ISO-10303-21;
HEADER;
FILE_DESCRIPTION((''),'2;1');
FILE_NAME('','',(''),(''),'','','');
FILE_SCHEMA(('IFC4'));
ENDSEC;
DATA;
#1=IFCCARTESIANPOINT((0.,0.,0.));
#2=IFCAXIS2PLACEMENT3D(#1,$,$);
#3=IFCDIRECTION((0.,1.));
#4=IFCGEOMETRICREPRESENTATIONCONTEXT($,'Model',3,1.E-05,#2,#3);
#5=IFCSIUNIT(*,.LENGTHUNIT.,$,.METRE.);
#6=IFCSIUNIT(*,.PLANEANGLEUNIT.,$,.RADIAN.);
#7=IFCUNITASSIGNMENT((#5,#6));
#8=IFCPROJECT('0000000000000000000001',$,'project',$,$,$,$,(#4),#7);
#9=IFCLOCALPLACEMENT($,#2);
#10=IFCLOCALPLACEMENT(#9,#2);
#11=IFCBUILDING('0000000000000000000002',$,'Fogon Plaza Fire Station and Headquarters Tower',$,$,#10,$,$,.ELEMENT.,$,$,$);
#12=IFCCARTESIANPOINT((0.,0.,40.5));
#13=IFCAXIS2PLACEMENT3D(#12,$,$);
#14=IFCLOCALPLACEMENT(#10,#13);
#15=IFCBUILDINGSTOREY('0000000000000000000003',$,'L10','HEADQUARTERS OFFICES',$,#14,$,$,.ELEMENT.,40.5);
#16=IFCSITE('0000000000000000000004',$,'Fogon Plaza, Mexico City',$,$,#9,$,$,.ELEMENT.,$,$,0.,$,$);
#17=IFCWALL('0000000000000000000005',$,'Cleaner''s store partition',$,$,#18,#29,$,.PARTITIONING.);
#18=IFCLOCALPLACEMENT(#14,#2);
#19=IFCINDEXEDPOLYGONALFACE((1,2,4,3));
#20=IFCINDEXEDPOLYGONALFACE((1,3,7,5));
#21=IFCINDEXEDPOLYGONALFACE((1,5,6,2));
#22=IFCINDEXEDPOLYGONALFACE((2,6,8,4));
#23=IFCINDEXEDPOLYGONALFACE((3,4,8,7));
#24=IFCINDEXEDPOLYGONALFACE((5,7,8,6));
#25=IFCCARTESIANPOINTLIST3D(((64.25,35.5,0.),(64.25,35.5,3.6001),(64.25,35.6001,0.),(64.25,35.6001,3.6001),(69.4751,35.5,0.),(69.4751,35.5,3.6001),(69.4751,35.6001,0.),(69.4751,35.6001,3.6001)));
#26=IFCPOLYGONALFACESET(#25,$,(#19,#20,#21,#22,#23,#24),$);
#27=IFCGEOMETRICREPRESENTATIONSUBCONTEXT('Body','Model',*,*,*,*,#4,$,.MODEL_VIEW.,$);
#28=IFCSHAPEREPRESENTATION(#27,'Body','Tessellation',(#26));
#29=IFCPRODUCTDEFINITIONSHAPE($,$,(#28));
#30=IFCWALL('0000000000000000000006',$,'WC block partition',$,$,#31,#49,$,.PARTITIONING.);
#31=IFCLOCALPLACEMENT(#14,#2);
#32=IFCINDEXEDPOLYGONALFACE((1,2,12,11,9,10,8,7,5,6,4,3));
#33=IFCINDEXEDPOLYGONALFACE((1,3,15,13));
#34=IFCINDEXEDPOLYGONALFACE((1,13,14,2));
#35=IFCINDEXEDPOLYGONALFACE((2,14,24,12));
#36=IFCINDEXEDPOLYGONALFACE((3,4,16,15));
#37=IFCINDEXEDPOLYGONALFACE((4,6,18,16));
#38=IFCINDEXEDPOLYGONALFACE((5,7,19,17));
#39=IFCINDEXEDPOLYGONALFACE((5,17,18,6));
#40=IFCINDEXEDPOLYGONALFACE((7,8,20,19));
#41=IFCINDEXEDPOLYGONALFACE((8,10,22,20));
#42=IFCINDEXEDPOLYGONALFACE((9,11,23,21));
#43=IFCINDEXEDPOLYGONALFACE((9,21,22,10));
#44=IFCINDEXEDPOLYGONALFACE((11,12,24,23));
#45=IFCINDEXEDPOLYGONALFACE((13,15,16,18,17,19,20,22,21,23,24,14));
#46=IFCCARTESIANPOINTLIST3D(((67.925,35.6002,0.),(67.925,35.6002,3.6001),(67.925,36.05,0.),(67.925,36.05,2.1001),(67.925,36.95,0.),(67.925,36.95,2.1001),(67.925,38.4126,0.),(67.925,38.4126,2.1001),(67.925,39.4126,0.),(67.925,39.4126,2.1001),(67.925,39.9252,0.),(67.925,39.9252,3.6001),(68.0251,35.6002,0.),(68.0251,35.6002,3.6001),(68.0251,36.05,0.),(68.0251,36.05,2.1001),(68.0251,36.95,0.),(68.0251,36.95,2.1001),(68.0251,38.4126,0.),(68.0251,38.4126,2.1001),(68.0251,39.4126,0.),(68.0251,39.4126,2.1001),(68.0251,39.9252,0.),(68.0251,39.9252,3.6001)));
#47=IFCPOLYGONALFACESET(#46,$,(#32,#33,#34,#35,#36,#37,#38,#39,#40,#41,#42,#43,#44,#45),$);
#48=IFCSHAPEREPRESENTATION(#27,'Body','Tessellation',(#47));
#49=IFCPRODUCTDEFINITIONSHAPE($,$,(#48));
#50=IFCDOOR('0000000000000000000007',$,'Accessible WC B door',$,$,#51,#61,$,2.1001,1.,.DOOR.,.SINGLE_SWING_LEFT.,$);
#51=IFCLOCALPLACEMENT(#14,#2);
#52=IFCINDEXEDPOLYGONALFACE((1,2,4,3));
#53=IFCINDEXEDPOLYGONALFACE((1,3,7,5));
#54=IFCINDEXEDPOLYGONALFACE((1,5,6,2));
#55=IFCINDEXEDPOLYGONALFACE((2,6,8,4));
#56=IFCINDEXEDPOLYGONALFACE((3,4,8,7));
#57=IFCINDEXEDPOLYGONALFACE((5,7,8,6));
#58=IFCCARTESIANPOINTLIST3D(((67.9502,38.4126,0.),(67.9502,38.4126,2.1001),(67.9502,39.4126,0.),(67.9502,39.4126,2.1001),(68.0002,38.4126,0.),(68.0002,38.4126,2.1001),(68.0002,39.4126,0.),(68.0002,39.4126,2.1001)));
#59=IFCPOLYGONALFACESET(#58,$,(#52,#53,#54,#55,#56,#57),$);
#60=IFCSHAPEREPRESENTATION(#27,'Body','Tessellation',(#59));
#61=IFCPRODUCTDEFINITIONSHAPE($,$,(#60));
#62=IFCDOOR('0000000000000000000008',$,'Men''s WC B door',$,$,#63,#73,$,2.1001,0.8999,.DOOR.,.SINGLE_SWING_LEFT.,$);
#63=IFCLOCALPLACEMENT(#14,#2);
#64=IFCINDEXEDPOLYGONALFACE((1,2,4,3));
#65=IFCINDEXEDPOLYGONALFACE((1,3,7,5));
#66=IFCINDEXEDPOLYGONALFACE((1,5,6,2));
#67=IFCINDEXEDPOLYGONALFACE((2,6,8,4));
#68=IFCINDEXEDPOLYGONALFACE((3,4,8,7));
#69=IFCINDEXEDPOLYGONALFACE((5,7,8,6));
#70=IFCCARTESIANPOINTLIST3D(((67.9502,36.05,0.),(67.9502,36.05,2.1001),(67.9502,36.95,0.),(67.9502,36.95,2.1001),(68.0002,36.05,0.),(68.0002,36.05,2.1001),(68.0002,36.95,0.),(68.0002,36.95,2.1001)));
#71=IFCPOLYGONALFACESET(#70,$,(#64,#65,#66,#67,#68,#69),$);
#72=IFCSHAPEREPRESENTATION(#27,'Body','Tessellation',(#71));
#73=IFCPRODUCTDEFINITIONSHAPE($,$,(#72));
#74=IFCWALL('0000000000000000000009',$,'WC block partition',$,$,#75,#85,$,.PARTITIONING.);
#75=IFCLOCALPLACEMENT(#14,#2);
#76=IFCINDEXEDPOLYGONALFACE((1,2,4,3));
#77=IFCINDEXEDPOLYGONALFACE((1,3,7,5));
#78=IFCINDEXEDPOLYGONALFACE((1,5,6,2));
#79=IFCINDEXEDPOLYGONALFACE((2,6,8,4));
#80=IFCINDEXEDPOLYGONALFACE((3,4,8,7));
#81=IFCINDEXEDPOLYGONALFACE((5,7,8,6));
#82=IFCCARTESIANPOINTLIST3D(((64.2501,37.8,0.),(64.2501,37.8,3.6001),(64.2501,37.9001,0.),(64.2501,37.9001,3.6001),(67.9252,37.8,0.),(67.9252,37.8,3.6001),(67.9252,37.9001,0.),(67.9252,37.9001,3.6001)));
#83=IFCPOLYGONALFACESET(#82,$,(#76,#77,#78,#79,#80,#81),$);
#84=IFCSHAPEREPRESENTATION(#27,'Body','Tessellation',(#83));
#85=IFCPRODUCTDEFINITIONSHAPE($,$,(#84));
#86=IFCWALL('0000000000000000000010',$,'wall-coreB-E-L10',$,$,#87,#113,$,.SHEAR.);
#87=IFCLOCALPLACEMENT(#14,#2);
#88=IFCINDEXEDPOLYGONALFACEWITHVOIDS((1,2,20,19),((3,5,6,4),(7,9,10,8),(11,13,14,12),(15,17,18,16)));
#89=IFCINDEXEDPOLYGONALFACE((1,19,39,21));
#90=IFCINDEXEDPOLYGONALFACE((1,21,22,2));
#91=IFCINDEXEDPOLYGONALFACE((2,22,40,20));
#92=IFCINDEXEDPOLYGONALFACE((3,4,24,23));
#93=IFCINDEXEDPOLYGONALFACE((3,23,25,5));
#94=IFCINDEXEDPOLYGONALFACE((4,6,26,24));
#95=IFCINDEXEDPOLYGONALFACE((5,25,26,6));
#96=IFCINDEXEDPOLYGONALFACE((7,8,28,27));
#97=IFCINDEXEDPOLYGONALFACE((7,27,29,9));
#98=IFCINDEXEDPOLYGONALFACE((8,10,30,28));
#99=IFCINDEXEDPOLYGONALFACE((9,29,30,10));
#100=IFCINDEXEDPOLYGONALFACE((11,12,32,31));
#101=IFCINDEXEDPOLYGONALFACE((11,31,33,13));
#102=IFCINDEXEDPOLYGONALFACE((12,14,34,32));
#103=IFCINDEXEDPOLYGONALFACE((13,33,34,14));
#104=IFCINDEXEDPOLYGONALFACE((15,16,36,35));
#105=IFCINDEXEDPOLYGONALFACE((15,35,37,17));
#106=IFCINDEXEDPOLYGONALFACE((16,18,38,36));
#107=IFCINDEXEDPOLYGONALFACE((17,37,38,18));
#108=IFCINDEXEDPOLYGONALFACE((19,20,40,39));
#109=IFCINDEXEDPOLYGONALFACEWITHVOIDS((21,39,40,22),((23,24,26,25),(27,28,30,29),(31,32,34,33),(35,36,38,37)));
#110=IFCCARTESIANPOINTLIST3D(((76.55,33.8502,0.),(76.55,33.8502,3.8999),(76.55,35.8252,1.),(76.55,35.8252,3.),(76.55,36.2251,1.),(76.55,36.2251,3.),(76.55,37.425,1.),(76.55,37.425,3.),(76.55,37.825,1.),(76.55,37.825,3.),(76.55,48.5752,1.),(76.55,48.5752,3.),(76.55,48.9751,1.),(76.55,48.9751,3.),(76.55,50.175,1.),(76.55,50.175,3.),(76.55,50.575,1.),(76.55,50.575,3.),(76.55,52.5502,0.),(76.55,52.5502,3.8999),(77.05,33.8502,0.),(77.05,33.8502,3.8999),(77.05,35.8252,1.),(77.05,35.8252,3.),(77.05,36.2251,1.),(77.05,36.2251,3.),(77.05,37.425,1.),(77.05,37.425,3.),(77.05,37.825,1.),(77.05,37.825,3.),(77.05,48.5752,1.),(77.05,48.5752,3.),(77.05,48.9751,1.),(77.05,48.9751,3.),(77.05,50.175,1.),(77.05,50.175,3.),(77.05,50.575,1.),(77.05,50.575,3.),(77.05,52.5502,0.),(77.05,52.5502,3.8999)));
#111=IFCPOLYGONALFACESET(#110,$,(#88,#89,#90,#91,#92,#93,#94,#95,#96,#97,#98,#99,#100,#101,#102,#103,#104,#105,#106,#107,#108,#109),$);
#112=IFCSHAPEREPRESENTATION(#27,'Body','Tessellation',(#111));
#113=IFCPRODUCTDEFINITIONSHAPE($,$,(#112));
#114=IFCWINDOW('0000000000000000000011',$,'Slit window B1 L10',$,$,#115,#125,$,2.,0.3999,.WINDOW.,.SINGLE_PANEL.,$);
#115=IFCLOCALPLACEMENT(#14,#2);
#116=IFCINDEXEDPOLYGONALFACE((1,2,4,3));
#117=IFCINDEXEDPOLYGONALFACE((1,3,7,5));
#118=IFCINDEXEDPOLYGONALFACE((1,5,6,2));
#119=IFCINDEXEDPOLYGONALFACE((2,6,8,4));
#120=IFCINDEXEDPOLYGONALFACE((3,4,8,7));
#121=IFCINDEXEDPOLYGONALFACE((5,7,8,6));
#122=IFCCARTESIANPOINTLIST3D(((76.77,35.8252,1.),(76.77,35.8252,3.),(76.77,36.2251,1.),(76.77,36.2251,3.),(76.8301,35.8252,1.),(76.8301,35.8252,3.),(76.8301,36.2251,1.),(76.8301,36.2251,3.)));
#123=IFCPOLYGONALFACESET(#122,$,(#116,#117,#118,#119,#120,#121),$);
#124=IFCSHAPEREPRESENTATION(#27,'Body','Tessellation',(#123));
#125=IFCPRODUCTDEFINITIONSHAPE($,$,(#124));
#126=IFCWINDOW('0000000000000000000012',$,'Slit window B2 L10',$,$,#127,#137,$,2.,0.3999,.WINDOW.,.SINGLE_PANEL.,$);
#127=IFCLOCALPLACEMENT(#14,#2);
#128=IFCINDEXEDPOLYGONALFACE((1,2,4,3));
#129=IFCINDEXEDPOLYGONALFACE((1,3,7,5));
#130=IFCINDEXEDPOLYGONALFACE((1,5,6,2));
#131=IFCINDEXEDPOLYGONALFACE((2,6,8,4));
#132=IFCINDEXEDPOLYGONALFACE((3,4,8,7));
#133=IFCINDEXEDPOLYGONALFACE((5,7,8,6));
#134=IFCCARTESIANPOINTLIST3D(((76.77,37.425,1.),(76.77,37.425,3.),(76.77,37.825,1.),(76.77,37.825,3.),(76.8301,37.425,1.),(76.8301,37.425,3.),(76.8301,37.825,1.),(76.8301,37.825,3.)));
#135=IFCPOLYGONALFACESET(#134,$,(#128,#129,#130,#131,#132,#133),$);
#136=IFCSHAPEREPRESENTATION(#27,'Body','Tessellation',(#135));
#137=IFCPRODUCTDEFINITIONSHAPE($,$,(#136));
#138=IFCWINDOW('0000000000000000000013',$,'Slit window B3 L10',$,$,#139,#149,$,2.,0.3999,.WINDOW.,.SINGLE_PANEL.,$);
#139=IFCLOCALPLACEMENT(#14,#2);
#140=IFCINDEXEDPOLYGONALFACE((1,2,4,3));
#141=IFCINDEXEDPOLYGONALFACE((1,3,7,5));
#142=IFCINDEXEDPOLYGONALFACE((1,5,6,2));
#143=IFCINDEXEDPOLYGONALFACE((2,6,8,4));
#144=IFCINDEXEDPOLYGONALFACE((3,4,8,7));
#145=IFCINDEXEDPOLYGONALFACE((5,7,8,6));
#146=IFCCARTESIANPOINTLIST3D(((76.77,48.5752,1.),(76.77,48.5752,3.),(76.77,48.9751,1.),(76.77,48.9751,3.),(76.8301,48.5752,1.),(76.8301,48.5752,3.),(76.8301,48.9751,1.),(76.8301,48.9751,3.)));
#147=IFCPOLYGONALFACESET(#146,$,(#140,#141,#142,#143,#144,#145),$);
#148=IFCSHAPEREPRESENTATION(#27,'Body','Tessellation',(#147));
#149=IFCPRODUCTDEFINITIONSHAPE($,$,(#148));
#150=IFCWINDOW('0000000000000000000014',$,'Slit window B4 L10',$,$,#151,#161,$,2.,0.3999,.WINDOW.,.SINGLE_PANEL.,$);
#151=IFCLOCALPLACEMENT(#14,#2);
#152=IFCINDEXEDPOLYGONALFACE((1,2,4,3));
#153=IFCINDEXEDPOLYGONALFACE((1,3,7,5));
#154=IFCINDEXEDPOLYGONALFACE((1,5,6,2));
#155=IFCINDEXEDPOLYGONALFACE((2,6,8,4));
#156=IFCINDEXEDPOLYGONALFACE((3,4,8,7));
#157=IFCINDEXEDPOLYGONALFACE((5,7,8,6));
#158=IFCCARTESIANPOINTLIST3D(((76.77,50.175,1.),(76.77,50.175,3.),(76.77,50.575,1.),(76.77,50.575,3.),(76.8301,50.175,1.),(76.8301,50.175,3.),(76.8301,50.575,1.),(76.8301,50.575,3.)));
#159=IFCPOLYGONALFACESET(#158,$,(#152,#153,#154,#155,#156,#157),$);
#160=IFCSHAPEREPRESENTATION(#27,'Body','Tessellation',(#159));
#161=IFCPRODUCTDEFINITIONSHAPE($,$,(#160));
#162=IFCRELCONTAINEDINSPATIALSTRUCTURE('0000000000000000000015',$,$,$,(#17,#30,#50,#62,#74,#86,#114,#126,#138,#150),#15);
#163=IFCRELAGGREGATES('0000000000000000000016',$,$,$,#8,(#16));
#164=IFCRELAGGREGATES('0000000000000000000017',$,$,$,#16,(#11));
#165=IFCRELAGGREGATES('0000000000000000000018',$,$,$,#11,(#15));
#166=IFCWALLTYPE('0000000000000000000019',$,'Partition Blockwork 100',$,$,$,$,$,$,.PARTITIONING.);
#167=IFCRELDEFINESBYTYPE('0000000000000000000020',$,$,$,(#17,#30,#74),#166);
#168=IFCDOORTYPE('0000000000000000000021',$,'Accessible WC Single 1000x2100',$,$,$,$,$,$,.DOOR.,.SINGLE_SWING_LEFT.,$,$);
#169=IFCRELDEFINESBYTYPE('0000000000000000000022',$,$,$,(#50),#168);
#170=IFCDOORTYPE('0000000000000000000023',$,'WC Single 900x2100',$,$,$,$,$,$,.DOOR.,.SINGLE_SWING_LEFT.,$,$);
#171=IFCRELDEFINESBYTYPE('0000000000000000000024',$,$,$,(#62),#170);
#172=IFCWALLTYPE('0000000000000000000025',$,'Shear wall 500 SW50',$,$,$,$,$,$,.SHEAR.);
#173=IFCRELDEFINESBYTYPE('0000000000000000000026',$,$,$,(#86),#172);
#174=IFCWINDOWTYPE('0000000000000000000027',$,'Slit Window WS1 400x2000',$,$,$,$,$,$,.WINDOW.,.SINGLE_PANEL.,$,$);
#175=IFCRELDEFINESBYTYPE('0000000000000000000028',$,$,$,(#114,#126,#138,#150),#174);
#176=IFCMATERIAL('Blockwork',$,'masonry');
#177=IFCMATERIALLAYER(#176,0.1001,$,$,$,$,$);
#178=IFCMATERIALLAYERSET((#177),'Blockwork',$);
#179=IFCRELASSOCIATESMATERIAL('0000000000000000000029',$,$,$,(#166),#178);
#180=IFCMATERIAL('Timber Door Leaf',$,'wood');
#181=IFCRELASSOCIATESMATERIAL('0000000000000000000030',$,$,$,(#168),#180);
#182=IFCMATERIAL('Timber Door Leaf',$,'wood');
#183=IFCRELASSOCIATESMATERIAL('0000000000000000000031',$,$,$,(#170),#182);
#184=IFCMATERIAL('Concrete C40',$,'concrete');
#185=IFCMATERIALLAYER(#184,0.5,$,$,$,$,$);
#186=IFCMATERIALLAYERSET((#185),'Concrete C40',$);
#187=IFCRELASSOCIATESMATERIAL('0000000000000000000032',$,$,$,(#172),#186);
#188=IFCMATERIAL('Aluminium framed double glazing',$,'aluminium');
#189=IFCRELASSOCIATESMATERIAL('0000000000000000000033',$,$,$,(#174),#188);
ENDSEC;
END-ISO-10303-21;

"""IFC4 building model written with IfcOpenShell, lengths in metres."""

from ifc_helpers import new_model, si_unit, direction, frame, frame_2d, origin, place, context, subcontext, project, spatial, rectangle, extrude, material, layer, layer_set, type_object, element, fill, save


model = new_model("IFC4")

# Units and contexts
model_context = context("Model", 3, precision=1e-05, world=origin(), true_north=direction((0.0, 1.0)))
body_context = subcontext(model_context, "Body", "Model", "MODEL_VIEW")
ifc_project = project(units=[si_unit("LENGTHUNIT", "METRE"), si_unit("PLANEANGLEUNIT", "RADIAN")], contexts=[model_context])

# Site, building, storey
site_placement = place(None, origin())
site = spatial("IfcSite", under=ifc_project, at=site_placement, Name="Fogon Plaza, Mexico City", CompositionType="ELEMENT", RefElevation=0.0)
building_placement = place(site_placement, origin())
building = spatial("IfcBuilding", under=site, at=building_placement, Name="Fogon Plaza Fire Station and Headquarters Tower", CompositionType="ELEMENT")
storey_placement = place(building_placement, frame((0.0, 0.0, 40.5)))
storey = spatial("IfcBuildingStorey", under=building, at=storey_placement, Name="L10", Description="HEADQUARTERS OFFICES", CompositionType="ELEMENT", Elevation=40.5)

# Wall
ifc_material_1 = material(Name="Blockwork", Category="masonry")
ifc_layer_1 = layer(ifc_material_1, 0.1001)
ifc_layer_set_1 = layer_set([ifc_layer_1], Name="Blockwork")
wall_type_1 = type_object("IfcWallType", Name="Partition Blockwork 100", PredefinedType="PARTITIONING", material=ifc_layer_set_1)
wall_1_placement = place(storey_placement, frame((69.4751, 35.55, 0.0), z_axis=(0.0, 0.0, 1.0), x_axis=(-1.0, 0.0, 0.0)))
element("IfcWall", 1, at=wall_1_placement, inside=storey, type_object=wall_type_1, Name="Cleaner's store partition", PredefinedType="PARTITIONING", context=body_context, shape_type="SweptSolid", body=[
    extrude(rectangle(XDim=5.2251, YDim=0.1001, at=frame_2d((2.6125, 0.0))), origin(), (0.0, 0.0, 1.0), 3.6001),
])

# Wall, openings, doors
wall_2_placement = place(storey_placement, frame((67.9751, 35.6001, 0.0), z_axis=(0.0, 0.0, 1.0), x_axis=(0.0, 1.0, 0.0)))
wall_2 = element("IfcWall", 2, at=wall_2_placement, inside=storey, type_object=wall_type_1, Name="WC block partition", PredefinedType="PARTITIONING", context=body_context, shape_type="SweptSolid", body=[
    extrude(rectangle(XDim=4.325, YDim=0.1001, at=frame_2d((2.1626, 0.0))), origin(), (0.0, 0.0, 1.0), 3.6001),
])
opening_1_placement = place(wall_2_placement, frame((0.45, 0.0, 0.0)))
opening_1 = element("IfcOpeningElement", 3, at=opening_1_placement, cuts=wall_2, PredefinedType="OPENING", context=body_context, shape_type="SweptSolid", body=[
    extrude(rectangle(XDim=0.8999, YDim=2.1001, at=frame_2d((0.45, 1.05))), frame((0.0, 0.0601, 0.0), z_axis=(0.0, -1.0, 0.0), x_axis=(1.0, 0.0, 0.0)), (0.0, 0.0, 1.0), 0.1201),
])
opening_2_placement = place(wall_2_placement, frame((2.8125, 0.0, 0.0)))
opening_2 = element("IfcOpeningElement", 4, at=opening_2_placement, cuts=wall_2, PredefinedType="OPENING", context=body_context, shape_type="SweptSolid", body=[
    extrude(rectangle(XDim=1.0, YDim=2.1001, at=frame_2d((0.5, 1.05))), frame((0.0, 0.0601, 0.0), z_axis=(0.0, -1.0, 0.0), x_axis=(1.0, 0.0, 0.0)), (0.0, 0.0, 1.0), 0.1201),
])
ifc_material_2 = material(Name="Timber Door Leaf", Category="wood")
door_type_1 = type_object("IfcDoorType", Name="Accessible WC Single 1000x2100", OperationType="SINGLE_SWING_LEFT", PredefinedType="DOOR", material=ifc_material_2)
door_1_placement = place(opening_2_placement, origin())
door_1 = element("IfcDoor", 5, at=door_1_placement, inside=storey, type_object=door_type_1, Name="Accessible WC B door", OperationType="SINGLE_SWING_LEFT", OverallHeight=2.1001, OverallWidth=1.0, PredefinedType="DOOR", context=body_context, shape_type="SweptSolid", body=[
    extrude(rectangle(XDim=1.0, YDim=2.1001, at=frame_2d((0.5, 1.05))), frame((0.0, 0.0249, 0.0), z_axis=(0.0, -1.0, 0.0), x_axis=(1.0, 0.0, 0.0)), (0.0, 0.0, 1.0), 0.05),
])
fill(opening_2, door_1)
ifc_material_3 = material(Name="Timber Door Leaf", Category="wood")
door_type_2 = type_object("IfcDoorType", Name="WC Single 900x2100", OperationType="SINGLE_SWING_LEFT", PredefinedType="DOOR", material=ifc_material_3)
door_2_placement = place(opening_1_placement, origin())
door_2 = element("IfcDoor", 6, at=door_2_placement, inside=storey, type_object=door_type_2, Name="Men's WC B door", OperationType="SINGLE_SWING_LEFT", OverallHeight=2.1001, OverallWidth=0.8999, PredefinedType="DOOR", context=body_context, shape_type="SweptSolid", body=[
    extrude(rectangle(XDim=0.8999, YDim=2.1001, at=frame_2d((0.45, 1.05))), frame((0.0, 0.0249, 0.0), z_axis=(0.0, -1.0, 0.0), x_axis=(1.0, 0.0, 0.0)), (0.0, 0.0, 1.0), 0.05),
])
fill(opening_1, door_2)

# Wall
wall_3_placement = place(storey_placement, frame((67.925, 37.8501, 0.0), z_axis=(0.0, 0.0, 1.0), x_axis=(-1.0, 0.0, 0.0)))
element("IfcWall", 7, at=wall_3_placement, inside=storey, type_object=wall_type_1, Name="WC block partition", PredefinedType="PARTITIONING", context=body_context, shape_type="SweptSolid", body=[
    extrude(rectangle(XDim=3.675, YDim=0.1001, at=frame_2d((1.8374, 0.0))), origin(), (0.0, 0.0, 1.0), 3.6001),
])

# Wall, openings, windows
ifc_material_4 = material(Name="Concrete C40", Category="concrete")
ifc_layer_2 = layer(ifc_material_4, 0.5)
ifc_layer_set_2 = layer_set([ifc_layer_2], Name="Concrete C40")
wall_type_2 = type_object("IfcWallType", Name="Shear wall 500 SW50", PredefinedType="SHEAR", material=ifc_layer_set_2)
wall_4_placement = place(storey_placement, frame((76.8, 33.8501, 0.0), z_axis=(0.0, 0.0, 1.0), x_axis=(0.0, 1.0, 0.0)))
wall_4 = element("IfcWall", 8, at=wall_4_placement, inside=storey, type_object=wall_type_2, Name="wall-coreB-E-L10", PredefinedType="SHEAR", context=body_context, shape_type="SweptSolid", body=[
    extrude(rectangle(XDim=18.7, YDim=0.5, at=frame_2d((9.3501, 0.0))), origin(), (0.0, 0.0, 1.0), 3.8999),
])
opening_3_placement = place(wall_4_placement, frame((1.9751, 0.0, 1.0)))
opening_3 = element("IfcOpeningElement", 9, at=opening_3_placement, cuts=wall_4, PredefinedType="OPENING", context=body_context, shape_type="SweptSolid", body=[
    extrude(rectangle(XDim=0.3999, YDim=2.0, at=frame_2d((0.2, 1.0))), frame((0.0, 0.26, 0.0), z_axis=(0.0, -1.0, 0.0), x_axis=(1.0, 0.0, 0.0)), (0.0, 0.0, 1.0), 0.52),
])
opening_4_placement = place(wall_4_placement, frame((3.575, 0.0, 1.0)))
opening_4 = element("IfcOpeningElement", 10, at=opening_4_placement, cuts=wall_4, PredefinedType="OPENING", context=body_context, shape_type="SweptSolid", body=[
    extrude(rectangle(XDim=0.3999, YDim=2.0, at=frame_2d((0.2, 1.0))), frame((0.0, 0.26, 0.0), z_axis=(0.0, -1.0, 0.0), x_axis=(1.0, 0.0, 0.0)), (0.0, 0.0, 1.0), 0.52),
])
opening_5_placement = place(wall_4_placement, frame((14.7251, 0.0, 1.0)))
opening_5 = element("IfcOpeningElement", 11, at=opening_5_placement, cuts=wall_4, PredefinedType="OPENING", context=body_context, shape_type="SweptSolid", body=[
    extrude(rectangle(XDim=0.3999, YDim=2.0, at=frame_2d((0.2, 1.0))), frame((0.0, 0.26, 0.0), z_axis=(0.0, -1.0, 0.0), x_axis=(1.0, 0.0, 0.0)), (0.0, 0.0, 1.0), 0.52),
])
opening_6_placement = place(wall_4_placement, frame((16.325, 0.0, 1.0)))
opening_6 = element("IfcOpeningElement", 12, at=opening_6_placement, cuts=wall_4, PredefinedType="OPENING", context=body_context, shape_type="SweptSolid", body=[
    extrude(rectangle(XDim=0.3999, YDim=2.0, at=frame_2d((0.2, 1.0))), frame((0.0, 0.26, 0.0), z_axis=(0.0, -1.0, 0.0), x_axis=(1.0, 0.0, 0.0)), (0.0, 0.0, 1.0), 0.52),
])
ifc_material_5 = material(Name="Aluminium framed double glazing", Category="aluminium")
window_type = type_object("IfcWindowType", Name="Slit Window WS1 400x2000", PartitioningType="SINGLE_PANEL", PredefinedType="WINDOW", material=ifc_material_5)
window_1_placement = place(opening_3_placement, origin())
window_1 = element("IfcWindow", 13, at=window_1_placement, inside=storey, type_object=window_type, Name="Slit window B1 L10", OverallHeight=2.0, OverallWidth=0.3999, PartitioningType="SINGLE_PANEL", PredefinedType="WINDOW", context=body_context, shape_type="SweptSolid", body=[
    extrude(rectangle(XDim=0.3999, YDim=2.0, at=frame_2d((0.2, 1.0))), frame((0.0, 0.03, 0.0), z_axis=(0.0, -1.0, 0.0), x_axis=(1.0, 0.0, 0.0)), (0.0, 0.0, 1.0), 0.0601),
])
fill(opening_3, window_1)
window_2_placement = place(opening_4_placement, origin())
window_2 = element("IfcWindow", 14, at=window_2_placement, inside=storey, type_object=window_type, Name="Slit window B2 L10", OverallHeight=2.0, OverallWidth=0.3999, PartitioningType="SINGLE_PANEL", PredefinedType="WINDOW", context=body_context, shape_type="SweptSolid", body=[
    extrude(rectangle(XDim=0.3999, YDim=2.0, at=frame_2d((0.2, 1.0))), frame((0.0, 0.03, 0.0), z_axis=(0.0, -1.0, 0.0), x_axis=(1.0, 0.0, 0.0)), (0.0, 0.0, 1.0), 0.0601),
])
fill(opening_4, window_2)
window_3_placement = place(opening_5_placement, origin())
window_3 = element("IfcWindow", 15, at=window_3_placement, inside=storey, type_object=window_type, Name="Slit window B3 L10", OverallHeight=2.0, OverallWidth=0.3999, PartitioningType="SINGLE_PANEL", PredefinedType="WINDOW", context=body_context, shape_type="SweptSolid", body=[
    extrude(rectangle(XDim=0.3999, YDim=2.0, at=frame_2d((0.2, 1.0))), frame((0.0, 0.03, 0.0), z_axis=(0.0, -1.0, 0.0), x_axis=(1.0, 0.0, 0.0)), (0.0, 0.0, 1.0), 0.0601),
])
fill(opening_5, window_3)
window_4_placement = place(opening_6_placement, origin())
window_4 = element("IfcWindow", 16, at=window_4_placement, inside=storey, type_object=window_type, Name="Slit window B4 L10", OverallHeight=2.0, OverallWidth=0.3999, PartitioningType="SINGLE_PANEL", PredefinedType="WINDOW", context=body_context, shape_type="SweptSolid", body=[
    extrude(rectangle(XDim=0.3999, YDim=2.0, at=frame_2d((0.2, 1.0))), frame((0.0, 0.03, 0.0), z_axis=(0.0, -1.0, 0.0), x_axis=(1.0, 0.0, 0.0)), (0.0, 0.0, 1.0), 0.0601),
])
fill(opening_6, window_4)

save(model, "model.ifc")
